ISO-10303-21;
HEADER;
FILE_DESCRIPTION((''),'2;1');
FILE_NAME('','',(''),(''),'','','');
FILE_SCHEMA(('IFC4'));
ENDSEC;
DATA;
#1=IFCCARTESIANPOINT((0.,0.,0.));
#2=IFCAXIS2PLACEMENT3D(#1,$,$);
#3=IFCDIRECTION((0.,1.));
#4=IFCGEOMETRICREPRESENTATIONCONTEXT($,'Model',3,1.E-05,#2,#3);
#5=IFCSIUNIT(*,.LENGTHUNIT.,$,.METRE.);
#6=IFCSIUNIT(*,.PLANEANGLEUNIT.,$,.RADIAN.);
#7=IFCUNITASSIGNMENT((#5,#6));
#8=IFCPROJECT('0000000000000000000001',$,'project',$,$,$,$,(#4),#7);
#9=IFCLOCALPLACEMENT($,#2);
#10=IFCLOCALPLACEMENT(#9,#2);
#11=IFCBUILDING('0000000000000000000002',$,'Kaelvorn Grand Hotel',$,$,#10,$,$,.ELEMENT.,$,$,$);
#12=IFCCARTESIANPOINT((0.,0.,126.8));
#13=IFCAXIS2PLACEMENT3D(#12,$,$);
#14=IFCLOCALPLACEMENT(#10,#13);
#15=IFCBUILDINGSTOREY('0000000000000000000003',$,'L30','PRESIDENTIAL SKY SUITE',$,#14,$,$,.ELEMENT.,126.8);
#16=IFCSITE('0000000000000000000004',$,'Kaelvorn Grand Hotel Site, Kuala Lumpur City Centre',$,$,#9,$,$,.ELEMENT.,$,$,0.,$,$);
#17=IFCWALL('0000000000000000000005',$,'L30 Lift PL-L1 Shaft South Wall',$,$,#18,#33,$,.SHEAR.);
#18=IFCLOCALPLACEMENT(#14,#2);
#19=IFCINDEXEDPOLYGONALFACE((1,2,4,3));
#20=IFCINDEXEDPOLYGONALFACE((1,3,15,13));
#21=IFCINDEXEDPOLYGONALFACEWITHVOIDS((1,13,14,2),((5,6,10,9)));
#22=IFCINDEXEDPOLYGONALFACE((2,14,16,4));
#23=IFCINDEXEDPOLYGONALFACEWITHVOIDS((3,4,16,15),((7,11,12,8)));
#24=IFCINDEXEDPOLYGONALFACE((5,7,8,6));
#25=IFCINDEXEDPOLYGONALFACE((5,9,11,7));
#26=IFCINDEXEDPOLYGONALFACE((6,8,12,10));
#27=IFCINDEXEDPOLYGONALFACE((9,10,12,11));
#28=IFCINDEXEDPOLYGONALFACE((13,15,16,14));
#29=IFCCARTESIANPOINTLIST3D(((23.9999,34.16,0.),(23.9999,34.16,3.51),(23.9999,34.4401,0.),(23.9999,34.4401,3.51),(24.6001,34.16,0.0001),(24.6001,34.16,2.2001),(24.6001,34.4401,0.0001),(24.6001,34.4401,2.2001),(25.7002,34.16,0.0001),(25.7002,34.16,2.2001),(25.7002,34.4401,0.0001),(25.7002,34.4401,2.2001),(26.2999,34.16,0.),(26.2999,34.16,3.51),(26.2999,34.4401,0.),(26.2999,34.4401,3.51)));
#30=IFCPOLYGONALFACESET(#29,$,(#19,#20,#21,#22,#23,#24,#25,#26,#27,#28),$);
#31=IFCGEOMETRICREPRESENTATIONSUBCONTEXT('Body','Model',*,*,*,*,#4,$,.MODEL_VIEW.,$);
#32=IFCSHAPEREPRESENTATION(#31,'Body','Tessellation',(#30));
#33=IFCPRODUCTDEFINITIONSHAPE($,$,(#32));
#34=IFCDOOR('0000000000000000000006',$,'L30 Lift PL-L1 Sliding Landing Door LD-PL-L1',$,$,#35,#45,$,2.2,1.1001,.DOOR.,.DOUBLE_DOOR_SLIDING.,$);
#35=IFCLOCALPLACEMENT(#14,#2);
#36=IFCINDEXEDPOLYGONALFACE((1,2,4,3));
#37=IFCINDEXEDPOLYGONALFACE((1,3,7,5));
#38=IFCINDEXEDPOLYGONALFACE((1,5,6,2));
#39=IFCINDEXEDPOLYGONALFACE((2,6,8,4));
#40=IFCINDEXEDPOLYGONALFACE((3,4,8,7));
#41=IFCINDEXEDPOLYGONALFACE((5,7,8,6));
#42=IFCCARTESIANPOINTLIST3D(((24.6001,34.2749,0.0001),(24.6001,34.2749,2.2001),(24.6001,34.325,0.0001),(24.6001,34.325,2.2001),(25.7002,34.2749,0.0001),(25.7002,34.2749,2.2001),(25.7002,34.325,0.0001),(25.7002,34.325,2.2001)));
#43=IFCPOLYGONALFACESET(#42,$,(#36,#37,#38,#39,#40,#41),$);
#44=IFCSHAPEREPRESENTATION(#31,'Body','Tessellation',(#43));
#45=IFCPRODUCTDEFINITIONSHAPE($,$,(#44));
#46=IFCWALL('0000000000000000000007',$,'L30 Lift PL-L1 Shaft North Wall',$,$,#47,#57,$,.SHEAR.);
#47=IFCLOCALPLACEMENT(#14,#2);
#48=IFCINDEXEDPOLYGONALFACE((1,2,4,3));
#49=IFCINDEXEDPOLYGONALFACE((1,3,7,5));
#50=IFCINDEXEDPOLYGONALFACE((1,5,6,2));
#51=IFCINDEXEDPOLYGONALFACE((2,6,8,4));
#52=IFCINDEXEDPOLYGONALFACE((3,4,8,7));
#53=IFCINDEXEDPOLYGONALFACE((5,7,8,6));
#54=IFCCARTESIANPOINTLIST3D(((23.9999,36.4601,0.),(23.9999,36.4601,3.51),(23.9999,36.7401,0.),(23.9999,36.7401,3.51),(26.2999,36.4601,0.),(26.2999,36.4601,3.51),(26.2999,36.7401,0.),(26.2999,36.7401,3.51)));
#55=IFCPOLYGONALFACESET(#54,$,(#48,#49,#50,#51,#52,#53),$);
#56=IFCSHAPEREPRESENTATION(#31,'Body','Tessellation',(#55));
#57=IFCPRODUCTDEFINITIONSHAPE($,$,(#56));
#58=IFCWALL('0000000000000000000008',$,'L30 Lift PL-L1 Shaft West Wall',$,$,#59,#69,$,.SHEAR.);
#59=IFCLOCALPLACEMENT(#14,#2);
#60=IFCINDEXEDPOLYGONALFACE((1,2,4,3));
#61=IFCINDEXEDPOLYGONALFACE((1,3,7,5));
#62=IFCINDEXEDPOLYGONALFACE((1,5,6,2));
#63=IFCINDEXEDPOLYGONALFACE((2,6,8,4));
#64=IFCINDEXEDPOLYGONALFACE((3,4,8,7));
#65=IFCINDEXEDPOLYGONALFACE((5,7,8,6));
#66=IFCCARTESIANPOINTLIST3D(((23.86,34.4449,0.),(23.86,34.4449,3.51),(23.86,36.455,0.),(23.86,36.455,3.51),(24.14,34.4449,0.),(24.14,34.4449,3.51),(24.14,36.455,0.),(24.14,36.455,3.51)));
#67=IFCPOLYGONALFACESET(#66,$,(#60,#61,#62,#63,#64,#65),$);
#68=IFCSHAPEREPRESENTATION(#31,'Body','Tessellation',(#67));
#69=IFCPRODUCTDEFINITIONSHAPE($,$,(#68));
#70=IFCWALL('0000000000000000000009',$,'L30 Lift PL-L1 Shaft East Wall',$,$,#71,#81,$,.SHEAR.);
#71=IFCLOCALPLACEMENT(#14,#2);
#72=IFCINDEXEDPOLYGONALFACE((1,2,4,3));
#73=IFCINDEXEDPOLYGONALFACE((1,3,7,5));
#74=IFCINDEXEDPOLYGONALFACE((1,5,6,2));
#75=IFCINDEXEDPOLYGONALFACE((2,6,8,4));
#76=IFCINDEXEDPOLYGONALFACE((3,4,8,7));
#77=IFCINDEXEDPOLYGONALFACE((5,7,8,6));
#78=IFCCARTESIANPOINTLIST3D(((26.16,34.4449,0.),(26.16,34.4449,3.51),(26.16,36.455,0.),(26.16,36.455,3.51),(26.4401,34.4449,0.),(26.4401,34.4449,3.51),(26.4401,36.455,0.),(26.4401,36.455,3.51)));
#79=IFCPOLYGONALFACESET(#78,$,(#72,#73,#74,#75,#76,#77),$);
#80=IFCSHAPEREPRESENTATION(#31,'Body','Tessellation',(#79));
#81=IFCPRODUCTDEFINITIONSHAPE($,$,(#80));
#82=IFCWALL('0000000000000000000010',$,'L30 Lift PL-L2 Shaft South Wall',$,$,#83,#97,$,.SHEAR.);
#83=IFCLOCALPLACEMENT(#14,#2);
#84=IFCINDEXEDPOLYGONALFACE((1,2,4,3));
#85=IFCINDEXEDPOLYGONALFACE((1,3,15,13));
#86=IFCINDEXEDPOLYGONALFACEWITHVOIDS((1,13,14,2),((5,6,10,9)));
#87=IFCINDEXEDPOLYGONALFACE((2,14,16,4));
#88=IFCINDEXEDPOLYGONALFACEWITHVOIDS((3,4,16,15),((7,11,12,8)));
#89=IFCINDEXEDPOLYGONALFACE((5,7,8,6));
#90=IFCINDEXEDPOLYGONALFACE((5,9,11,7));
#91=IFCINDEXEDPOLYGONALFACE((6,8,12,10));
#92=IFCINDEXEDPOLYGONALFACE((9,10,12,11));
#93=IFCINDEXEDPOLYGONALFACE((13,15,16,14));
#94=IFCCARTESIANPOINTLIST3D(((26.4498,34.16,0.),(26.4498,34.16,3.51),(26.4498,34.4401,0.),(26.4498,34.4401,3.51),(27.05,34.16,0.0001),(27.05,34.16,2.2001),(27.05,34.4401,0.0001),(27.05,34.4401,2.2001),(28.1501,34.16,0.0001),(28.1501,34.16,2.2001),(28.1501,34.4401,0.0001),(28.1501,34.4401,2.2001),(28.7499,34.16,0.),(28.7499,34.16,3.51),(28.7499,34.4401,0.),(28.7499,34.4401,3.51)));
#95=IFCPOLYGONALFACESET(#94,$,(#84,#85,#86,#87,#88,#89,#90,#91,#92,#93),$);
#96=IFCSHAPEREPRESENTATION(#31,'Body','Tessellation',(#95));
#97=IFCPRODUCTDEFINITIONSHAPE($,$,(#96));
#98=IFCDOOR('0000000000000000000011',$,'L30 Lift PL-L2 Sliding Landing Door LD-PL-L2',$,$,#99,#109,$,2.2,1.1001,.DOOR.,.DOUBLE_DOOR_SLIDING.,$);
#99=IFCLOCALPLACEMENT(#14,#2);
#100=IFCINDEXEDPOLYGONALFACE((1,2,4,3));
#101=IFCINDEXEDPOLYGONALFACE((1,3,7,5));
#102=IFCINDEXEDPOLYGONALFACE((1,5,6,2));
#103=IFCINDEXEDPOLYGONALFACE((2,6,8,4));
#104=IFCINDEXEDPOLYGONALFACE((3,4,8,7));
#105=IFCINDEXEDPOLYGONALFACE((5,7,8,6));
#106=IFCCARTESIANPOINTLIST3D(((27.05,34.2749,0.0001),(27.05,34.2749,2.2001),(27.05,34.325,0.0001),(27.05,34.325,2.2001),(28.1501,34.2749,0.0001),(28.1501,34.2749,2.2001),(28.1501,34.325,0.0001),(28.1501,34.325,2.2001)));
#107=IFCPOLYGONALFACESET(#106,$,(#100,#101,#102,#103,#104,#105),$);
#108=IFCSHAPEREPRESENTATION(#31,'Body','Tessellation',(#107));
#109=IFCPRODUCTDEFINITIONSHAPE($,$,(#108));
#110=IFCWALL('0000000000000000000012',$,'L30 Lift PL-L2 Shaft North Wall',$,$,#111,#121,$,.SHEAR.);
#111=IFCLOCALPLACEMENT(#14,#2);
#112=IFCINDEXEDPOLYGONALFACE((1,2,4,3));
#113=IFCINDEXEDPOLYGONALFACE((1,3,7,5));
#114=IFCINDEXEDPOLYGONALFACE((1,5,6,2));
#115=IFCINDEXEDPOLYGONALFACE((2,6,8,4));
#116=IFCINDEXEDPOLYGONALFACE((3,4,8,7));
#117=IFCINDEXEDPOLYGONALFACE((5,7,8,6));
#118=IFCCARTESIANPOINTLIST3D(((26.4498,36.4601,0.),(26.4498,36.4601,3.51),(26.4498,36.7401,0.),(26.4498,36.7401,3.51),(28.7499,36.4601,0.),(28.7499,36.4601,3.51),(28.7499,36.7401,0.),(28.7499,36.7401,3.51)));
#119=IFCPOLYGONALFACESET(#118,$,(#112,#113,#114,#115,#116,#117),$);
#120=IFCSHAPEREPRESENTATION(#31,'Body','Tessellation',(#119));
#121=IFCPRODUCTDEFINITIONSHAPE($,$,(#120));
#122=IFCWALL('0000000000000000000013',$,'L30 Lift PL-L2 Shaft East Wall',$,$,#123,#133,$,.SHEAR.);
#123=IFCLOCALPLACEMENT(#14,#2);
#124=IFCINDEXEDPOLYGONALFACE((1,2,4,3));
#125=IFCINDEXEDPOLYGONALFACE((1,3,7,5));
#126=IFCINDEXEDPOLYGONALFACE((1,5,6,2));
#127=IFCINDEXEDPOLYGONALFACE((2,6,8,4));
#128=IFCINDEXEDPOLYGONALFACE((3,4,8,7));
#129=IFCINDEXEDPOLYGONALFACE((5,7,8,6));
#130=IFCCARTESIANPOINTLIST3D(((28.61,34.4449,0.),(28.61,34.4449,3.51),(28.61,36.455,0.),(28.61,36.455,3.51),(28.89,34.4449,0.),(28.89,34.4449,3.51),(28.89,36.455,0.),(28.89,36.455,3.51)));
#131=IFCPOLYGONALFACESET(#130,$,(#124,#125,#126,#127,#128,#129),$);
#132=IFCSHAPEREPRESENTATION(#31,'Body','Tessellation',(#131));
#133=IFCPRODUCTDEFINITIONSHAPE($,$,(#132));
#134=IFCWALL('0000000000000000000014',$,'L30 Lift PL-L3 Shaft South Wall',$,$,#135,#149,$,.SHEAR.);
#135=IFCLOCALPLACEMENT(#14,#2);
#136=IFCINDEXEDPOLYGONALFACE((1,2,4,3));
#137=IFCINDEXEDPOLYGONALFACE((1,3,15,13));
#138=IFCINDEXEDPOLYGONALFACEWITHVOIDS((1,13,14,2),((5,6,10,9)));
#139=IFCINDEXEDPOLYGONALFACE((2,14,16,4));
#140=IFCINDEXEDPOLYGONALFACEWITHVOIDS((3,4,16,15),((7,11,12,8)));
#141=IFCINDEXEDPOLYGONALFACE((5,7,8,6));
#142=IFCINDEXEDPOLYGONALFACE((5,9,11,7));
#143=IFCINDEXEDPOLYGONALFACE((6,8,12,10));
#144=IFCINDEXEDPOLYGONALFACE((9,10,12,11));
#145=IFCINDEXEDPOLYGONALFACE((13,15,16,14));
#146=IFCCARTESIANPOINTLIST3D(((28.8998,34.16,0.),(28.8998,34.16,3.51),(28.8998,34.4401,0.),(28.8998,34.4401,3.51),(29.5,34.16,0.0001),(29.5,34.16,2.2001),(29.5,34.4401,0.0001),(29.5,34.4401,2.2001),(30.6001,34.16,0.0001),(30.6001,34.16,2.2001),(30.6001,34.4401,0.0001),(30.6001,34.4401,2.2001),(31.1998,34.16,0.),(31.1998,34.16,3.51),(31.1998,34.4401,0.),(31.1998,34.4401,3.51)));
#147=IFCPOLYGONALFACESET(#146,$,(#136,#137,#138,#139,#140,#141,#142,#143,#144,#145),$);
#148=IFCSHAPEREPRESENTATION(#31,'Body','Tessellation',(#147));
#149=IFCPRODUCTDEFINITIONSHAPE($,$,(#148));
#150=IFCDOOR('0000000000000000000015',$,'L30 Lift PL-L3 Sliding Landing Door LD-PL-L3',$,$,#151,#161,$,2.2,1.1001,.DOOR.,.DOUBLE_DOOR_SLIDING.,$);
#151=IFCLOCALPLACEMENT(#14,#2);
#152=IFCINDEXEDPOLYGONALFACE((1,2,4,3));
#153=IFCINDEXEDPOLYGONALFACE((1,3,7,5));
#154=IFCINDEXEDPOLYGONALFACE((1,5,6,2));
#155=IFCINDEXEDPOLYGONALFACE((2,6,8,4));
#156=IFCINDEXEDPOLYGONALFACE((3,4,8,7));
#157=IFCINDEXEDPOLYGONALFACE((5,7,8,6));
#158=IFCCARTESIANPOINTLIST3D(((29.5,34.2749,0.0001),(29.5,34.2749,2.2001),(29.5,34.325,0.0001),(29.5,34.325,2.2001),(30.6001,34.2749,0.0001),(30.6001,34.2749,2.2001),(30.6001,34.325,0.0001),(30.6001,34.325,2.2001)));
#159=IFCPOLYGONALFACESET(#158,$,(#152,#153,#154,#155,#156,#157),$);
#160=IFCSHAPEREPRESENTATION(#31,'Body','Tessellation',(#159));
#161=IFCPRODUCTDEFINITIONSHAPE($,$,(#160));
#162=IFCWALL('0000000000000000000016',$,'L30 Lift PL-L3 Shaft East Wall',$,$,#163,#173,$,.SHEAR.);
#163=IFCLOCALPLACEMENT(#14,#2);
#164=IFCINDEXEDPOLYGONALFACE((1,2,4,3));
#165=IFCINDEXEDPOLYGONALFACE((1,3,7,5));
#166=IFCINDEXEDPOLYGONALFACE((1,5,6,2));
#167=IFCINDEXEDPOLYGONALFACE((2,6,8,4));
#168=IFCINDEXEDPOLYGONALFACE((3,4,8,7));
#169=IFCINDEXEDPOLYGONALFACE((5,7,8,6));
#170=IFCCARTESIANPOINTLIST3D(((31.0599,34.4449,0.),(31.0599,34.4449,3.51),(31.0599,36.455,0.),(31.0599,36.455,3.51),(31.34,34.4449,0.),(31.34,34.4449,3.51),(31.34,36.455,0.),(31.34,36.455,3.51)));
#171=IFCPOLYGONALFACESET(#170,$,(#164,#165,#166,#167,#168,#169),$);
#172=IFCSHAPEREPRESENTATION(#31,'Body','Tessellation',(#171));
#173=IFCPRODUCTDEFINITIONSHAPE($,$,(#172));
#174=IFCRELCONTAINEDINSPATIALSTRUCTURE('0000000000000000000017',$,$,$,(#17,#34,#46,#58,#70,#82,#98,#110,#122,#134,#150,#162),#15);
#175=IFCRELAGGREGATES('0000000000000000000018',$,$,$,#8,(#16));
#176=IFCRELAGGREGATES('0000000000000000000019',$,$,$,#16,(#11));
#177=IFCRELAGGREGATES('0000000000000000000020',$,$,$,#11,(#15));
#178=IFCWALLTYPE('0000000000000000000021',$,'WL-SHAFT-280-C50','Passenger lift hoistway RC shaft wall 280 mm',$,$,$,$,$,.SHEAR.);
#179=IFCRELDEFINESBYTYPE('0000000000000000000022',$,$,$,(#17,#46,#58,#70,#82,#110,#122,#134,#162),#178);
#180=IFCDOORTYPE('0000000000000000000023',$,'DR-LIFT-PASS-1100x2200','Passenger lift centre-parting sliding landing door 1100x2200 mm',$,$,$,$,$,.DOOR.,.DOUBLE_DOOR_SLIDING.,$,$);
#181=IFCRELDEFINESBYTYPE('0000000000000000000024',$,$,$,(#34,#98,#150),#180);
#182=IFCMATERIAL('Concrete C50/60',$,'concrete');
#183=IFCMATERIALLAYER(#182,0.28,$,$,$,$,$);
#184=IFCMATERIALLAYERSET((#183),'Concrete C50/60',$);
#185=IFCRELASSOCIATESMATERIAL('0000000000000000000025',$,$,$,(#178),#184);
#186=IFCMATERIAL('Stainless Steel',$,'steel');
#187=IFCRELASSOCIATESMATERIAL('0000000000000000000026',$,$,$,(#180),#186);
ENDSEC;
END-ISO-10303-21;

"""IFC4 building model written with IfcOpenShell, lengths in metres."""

from ifc_helpers import new_model, si_unit, direction, frame, frame_2d, origin, place, context, subcontext, project, spatial, rectangle, extrude, material, layer, layer_set, type_object, element, fill, save


model = new_model("IFC4")

# Units and contexts
model_context = context("Model", 3, precision=1e-05, world=origin(), true_north=direction((0.0, 1.0)))
body_context = subcontext(model_context, "Body", "Model", "MODEL_VIEW")
ifc_project = project(units=[si_unit("LENGTHUNIT", "METRE"), si_unit("PLANEANGLEUNIT", "RADIAN")], contexts=[model_context])

# Site, building, storey
site_placement = place(None, origin())
site = spatial("IfcSite", under=ifc_project, at=site_placement, Name="Kaelvorn Grand Hotel Site, Kuala Lumpur City Centre", CompositionType="ELEMENT", RefElevation=0.0)
building_placement = place(site_placement, origin())
building = spatial("IfcBuilding", under=site, at=building_placement, Name="Kaelvorn Grand Hotel", CompositionType="ELEMENT")
storey_placement = place(building_placement, frame((0.0, 0.0, 126.8)))
storey = spatial("IfcBuildingStorey", under=building, at=storey_placement, Name="L30", Description="PRESIDENTIAL SKY SUITE", CompositionType="ELEMENT", Elevation=126.8)

# Wall, opening, door
ifc_material_1 = material(Name="Concrete C50/60", Category="concrete")
ifc_layer_1 = layer(ifc_material_1, 0.28)
ifc_layer_set_1 = layer_set([ifc_layer_1], Name="Concrete C50/60")
wall_type_1 = type_object("IfcWallType", Name="WL-SHAFT-280-C50", Description="Passenger lift hoistway RC shaft wall 280 mm", PredefinedType="SHEAR", material=ifc_layer_set_1)
wall_1_placement = place(storey_placement, frame((24.0, 34.3, 0.0), z_axis=(0.0, 0.0, 1.0), x_axis=(1.0, 0.0, 0.0)))
wall_1 = element("IfcWall", 1, at=wall_1_placement, inside=storey, type_object=wall_type_1, Name="L30 Lift PL-L1 Shaft South Wall", PredefinedType="SHEAR", context=body_context, shape_type="SweptSolid", body=[
    extrude(rectangle(XDim=2.3, YDim=0.28, at=frame_2d((1.1499, 0.0))), origin(), (0.0, 0.0, 1.0), 3.51),
])
opening_1_placement = place(wall_1_placement, frame((0.6001, 0.0, 0.0)))
opening_1 = element("IfcOpeningElement", 2, at=opening_1_placement, cuts=wall_1, PredefinedType="OPENING", context=body_context, shape_type="SweptSolid", body=[
    extrude(rectangle(XDim=1.1001, YDim=2.2, at=frame_2d((0.55, 1.1001))), frame((0.0, 0.1499, 0.0), z_axis=(0.0, -1.0, 0.0), x_axis=(1.0, 0.0, 0.0)), (0.0, 0.0, 1.0), 0.3),
])
ifc_material_2 = material(Name="Stainless Steel", Category="steel")
door_type_1 = type_object("IfcDoorType", Name="DR-LIFT-PASS-1100x2200", Description="Passenger lift centre-parting sliding landing door 1100x2200 mm", OperationType="DOUBLE_DOOR_SLIDING", PredefinedType="DOOR", material=ifc_material_2)
door_1_placement = place(opening_1_placement, origin())
door_1 = element("IfcDoor", 3, at=door_1_placement, inside=storey, type_object=door_type_1, Name="L30 Lift PL-L1 Sliding Landing Door LD-PL-L1", OperationType="DOUBLE_DOOR_SLIDING", OverallHeight=2.2, OverallWidth=1.1001, PredefinedType="DOOR", context=body_context, shape_type="SweptSolid", body=[
    extrude(rectangle(XDim=1.1001, YDim=2.2, at=frame_2d((0.55, 1.1001))), frame((0.0, 0.0249, 0.0), z_axis=(0.0, -1.0, 0.0), x_axis=(1.0, 0.0, 0.0)), (0.0, 0.0, 1.0), 0.05),
])
fill(opening_1, door_1)

# Walls
wall_2_placement = place(storey_placement, frame((24.0, 36.6001, 0.0), z_axis=(0.0, 0.0, 1.0), x_axis=(1.0, 0.0, 0.0)))
element("IfcWall", 4, at=wall_2_placement, inside=storey, type_object=wall_type_1, Name="L30 Lift PL-L1 Shaft North Wall", PredefinedType="SHEAR", context=body_context, shape_type="SweptSolid", body=[
    extrude(rectangle(XDim=2.3, YDim=0.28, at=frame_2d((1.1499, 0.0))), origin(), (0.0, 0.0, 1.0), 3.51),
])
for number, where, z_axis, x_axis, name in (
    (5, (24.0, 34.4451, 0.0), (0.0, 0.0, 1.0), (0.0, 1.0, 0.0), "L30 Lift PL-L1 Shaft West Wall"),
    (6, (26.3, 34.4451, 0.0), (0.0, 0.0, 1.0), (0.0, 1.0, 0.0), "L30 Lift PL-L1 Shaft East Wall"),
):
    element("IfcWall", number, at=place(storey_placement, frame(where, z_axis=z_axis, x_axis=x_axis)), inside=storey, type_object=wall_type_1, Name=name, PredefinedType="SHEAR", context=body_context, shape_type="SweptSolid", body=[
        extrude(rectangle(XDim=2.01, YDim=0.28, at=frame_2d((1.0049, 0.0))), origin(), (0.0, 0.0, 1.0), 3.51),
    ])

# Wall, opening, door
wall_3_placement = place(storey_placement, frame((26.45, 34.3, 0.0), z_axis=(0.0, 0.0, 1.0), x_axis=(1.0, 0.0, 0.0)))
wall_3 = element("IfcWall", 7, at=wall_3_placement, inside=storey, type_object=wall_type_1, Name="L30 Lift PL-L2 Shaft South Wall", PredefinedType="SHEAR", context=body_context, shape_type="SweptSolid", body=[
    extrude(rectangle(XDim=2.3, YDim=0.28, at=frame_2d((1.1499, 0.0))), origin(), (0.0, 0.0, 1.0), 3.51),
])
opening_2_placement = place(wall_3_placement, frame((0.6001, 0.0, 0.0)))
opening_2 = element("IfcOpeningElement", 8, at=opening_2_placement, cuts=wall_3, PredefinedType="OPENING", context=body_context, shape_type="SweptSolid", body=[
    extrude(rectangle(XDim=1.1001, YDim=2.2, at=frame_2d((0.55, 1.1001))), frame((0.0, 0.1499, 0.0), z_axis=(0.0, -1.0, 0.0), x_axis=(1.0, 0.0, 0.0)), (0.0, 0.0, 1.0), 0.3),
])
door_2_placement = place(opening_2_placement, origin())
door_2 = element("IfcDoor", 9, at=door_2_placement, inside=storey, type_object=door_type_1, Name="L30 Lift PL-L2 Sliding Landing Door LD-PL-L2", OperationType="DOUBLE_DOOR_SLIDING", OverallHeight=2.2, OverallWidth=1.1001, PredefinedType="DOOR", context=body_context, shape_type="SweptSolid", body=[
    extrude(rectangle(XDim=1.1001, YDim=2.2, at=frame_2d((0.55, 1.1001))), frame((0.0, 0.0249, 0.0), z_axis=(0.0, -1.0, 0.0), x_axis=(1.0, 0.0, 0.0)), (0.0, 0.0, 1.0), 0.05),
])
fill(opening_2, door_2)

# Walls
wall_4_placement = place(storey_placement, frame((26.45, 36.6001, 0.0), z_axis=(0.0, 0.0, 1.0), x_axis=(1.0, 0.0, 0.0)))
element("IfcWall", 10, at=wall_4_placement, inside=storey, type_object=wall_type_1, Name="L30 Lift PL-L2 Shaft North Wall", PredefinedType="SHEAR", context=body_context, shape_type="SweptSolid", body=[
    extrude(rectangle(XDim=2.3, YDim=0.28, at=frame_2d((1.1499, 0.0))), origin(), (0.0, 0.0, 1.0), 3.51),
])
wall_5_placement = place(storey_placement, frame((28.75, 34.4451, 0.0), z_axis=(0.0, 0.0, 1.0), x_axis=(0.0, 1.0, 0.0)))
element("IfcWall", 11, at=wall_5_placement, inside=storey, type_object=wall_type_1, Name="L30 Lift PL-L2 Shaft East Wall", PredefinedType="SHEAR", context=body_context, shape_type="SweptSolid", body=[
    extrude(rectangle(XDim=2.01, YDim=0.28, at=frame_2d((1.0049, 0.0))), origin(), (0.0, 0.0, 1.0), 3.51),
])

# Wall, opening, door
wall_6_placement = place(storey_placement, frame((28.8999, 34.3, 0.0), z_axis=(0.0, 0.0, 1.0), x_axis=(1.0, 0.0, 0.0)))
wall_6 = element("IfcWall", 12, at=wall_6_placement, inside=storey, type_object=wall_type_1, Name="L30 Lift PL-L3 Shaft South Wall", PredefinedType="SHEAR", context=body_context, shape_type="SweptSolid", body=[
    extrude(rectangle(XDim=2.3, YDim=0.28, at=frame_2d((1.1499, 0.0))), origin(), (0.0, 0.0, 1.0), 3.51),
])
opening_3_placement = place(wall_6_placement, frame((0.6001, 0.0, 0.0)))
opening_3 = element("IfcOpeningElement", 13, at=opening_3_placement, cuts=wall_6, PredefinedType="OPENING", context=body_context, shape_type="SweptSolid", body=[
    extrude(rectangle(XDim=1.1001, YDim=2.2, at=frame_2d((0.55, 1.1001))), frame((0.0, 0.1499, 0.0), z_axis=(0.0, -1.0, 0.0), x_axis=(1.0, 0.0, 0.0)), (0.0, 0.0, 1.0), 0.3),
])
door_3_placement = place(opening_3_placement, origin())
door_3 = element("IfcDoor", 14, at=door_3_placement, inside=storey, type_object=door_type_1, Name="L30 Lift PL-L3 Sliding Landing Door LD-PL-L3", OperationType="DOUBLE_DOOR_SLIDING", OverallHeight=2.2, OverallWidth=1.1001, PredefinedType="DOOR", context=body_context, shape_type="SweptSolid", body=[
    extrude(rectangle(XDim=1.1001, YDim=2.2, at=frame_2d((0.55, 1.1001))), frame((0.0, 0.0249, 0.0), z_axis=(0.0, -1.0, 0.0), x_axis=(1.0, 0.0, 0.0)), (0.0, 0.0, 1.0), 0.05),
])
fill(opening_3, door_3)

# Wall
wall_7_placement = place(storey_placement, frame((31.2, 34.4451, 0.0), z_axis=(0.0, 0.0, 1.0), x_axis=(0.0, 1.0, 0.0)))
element("IfcWall", 15, at=wall_7_placement, inside=storey, type_object=wall_type_1, Name="L30 Lift PL-L3 Shaft East Wall", PredefinedType="SHEAR", context=body_context, shape_type="SweptSolid", body=[
    extrude(rectangle(XDim=2.01, YDim=0.28, at=frame_2d((1.0049, 0.0))), origin(), (0.0, 0.0, 1.0), 3.51),
])

save(model, "model.ifc")
